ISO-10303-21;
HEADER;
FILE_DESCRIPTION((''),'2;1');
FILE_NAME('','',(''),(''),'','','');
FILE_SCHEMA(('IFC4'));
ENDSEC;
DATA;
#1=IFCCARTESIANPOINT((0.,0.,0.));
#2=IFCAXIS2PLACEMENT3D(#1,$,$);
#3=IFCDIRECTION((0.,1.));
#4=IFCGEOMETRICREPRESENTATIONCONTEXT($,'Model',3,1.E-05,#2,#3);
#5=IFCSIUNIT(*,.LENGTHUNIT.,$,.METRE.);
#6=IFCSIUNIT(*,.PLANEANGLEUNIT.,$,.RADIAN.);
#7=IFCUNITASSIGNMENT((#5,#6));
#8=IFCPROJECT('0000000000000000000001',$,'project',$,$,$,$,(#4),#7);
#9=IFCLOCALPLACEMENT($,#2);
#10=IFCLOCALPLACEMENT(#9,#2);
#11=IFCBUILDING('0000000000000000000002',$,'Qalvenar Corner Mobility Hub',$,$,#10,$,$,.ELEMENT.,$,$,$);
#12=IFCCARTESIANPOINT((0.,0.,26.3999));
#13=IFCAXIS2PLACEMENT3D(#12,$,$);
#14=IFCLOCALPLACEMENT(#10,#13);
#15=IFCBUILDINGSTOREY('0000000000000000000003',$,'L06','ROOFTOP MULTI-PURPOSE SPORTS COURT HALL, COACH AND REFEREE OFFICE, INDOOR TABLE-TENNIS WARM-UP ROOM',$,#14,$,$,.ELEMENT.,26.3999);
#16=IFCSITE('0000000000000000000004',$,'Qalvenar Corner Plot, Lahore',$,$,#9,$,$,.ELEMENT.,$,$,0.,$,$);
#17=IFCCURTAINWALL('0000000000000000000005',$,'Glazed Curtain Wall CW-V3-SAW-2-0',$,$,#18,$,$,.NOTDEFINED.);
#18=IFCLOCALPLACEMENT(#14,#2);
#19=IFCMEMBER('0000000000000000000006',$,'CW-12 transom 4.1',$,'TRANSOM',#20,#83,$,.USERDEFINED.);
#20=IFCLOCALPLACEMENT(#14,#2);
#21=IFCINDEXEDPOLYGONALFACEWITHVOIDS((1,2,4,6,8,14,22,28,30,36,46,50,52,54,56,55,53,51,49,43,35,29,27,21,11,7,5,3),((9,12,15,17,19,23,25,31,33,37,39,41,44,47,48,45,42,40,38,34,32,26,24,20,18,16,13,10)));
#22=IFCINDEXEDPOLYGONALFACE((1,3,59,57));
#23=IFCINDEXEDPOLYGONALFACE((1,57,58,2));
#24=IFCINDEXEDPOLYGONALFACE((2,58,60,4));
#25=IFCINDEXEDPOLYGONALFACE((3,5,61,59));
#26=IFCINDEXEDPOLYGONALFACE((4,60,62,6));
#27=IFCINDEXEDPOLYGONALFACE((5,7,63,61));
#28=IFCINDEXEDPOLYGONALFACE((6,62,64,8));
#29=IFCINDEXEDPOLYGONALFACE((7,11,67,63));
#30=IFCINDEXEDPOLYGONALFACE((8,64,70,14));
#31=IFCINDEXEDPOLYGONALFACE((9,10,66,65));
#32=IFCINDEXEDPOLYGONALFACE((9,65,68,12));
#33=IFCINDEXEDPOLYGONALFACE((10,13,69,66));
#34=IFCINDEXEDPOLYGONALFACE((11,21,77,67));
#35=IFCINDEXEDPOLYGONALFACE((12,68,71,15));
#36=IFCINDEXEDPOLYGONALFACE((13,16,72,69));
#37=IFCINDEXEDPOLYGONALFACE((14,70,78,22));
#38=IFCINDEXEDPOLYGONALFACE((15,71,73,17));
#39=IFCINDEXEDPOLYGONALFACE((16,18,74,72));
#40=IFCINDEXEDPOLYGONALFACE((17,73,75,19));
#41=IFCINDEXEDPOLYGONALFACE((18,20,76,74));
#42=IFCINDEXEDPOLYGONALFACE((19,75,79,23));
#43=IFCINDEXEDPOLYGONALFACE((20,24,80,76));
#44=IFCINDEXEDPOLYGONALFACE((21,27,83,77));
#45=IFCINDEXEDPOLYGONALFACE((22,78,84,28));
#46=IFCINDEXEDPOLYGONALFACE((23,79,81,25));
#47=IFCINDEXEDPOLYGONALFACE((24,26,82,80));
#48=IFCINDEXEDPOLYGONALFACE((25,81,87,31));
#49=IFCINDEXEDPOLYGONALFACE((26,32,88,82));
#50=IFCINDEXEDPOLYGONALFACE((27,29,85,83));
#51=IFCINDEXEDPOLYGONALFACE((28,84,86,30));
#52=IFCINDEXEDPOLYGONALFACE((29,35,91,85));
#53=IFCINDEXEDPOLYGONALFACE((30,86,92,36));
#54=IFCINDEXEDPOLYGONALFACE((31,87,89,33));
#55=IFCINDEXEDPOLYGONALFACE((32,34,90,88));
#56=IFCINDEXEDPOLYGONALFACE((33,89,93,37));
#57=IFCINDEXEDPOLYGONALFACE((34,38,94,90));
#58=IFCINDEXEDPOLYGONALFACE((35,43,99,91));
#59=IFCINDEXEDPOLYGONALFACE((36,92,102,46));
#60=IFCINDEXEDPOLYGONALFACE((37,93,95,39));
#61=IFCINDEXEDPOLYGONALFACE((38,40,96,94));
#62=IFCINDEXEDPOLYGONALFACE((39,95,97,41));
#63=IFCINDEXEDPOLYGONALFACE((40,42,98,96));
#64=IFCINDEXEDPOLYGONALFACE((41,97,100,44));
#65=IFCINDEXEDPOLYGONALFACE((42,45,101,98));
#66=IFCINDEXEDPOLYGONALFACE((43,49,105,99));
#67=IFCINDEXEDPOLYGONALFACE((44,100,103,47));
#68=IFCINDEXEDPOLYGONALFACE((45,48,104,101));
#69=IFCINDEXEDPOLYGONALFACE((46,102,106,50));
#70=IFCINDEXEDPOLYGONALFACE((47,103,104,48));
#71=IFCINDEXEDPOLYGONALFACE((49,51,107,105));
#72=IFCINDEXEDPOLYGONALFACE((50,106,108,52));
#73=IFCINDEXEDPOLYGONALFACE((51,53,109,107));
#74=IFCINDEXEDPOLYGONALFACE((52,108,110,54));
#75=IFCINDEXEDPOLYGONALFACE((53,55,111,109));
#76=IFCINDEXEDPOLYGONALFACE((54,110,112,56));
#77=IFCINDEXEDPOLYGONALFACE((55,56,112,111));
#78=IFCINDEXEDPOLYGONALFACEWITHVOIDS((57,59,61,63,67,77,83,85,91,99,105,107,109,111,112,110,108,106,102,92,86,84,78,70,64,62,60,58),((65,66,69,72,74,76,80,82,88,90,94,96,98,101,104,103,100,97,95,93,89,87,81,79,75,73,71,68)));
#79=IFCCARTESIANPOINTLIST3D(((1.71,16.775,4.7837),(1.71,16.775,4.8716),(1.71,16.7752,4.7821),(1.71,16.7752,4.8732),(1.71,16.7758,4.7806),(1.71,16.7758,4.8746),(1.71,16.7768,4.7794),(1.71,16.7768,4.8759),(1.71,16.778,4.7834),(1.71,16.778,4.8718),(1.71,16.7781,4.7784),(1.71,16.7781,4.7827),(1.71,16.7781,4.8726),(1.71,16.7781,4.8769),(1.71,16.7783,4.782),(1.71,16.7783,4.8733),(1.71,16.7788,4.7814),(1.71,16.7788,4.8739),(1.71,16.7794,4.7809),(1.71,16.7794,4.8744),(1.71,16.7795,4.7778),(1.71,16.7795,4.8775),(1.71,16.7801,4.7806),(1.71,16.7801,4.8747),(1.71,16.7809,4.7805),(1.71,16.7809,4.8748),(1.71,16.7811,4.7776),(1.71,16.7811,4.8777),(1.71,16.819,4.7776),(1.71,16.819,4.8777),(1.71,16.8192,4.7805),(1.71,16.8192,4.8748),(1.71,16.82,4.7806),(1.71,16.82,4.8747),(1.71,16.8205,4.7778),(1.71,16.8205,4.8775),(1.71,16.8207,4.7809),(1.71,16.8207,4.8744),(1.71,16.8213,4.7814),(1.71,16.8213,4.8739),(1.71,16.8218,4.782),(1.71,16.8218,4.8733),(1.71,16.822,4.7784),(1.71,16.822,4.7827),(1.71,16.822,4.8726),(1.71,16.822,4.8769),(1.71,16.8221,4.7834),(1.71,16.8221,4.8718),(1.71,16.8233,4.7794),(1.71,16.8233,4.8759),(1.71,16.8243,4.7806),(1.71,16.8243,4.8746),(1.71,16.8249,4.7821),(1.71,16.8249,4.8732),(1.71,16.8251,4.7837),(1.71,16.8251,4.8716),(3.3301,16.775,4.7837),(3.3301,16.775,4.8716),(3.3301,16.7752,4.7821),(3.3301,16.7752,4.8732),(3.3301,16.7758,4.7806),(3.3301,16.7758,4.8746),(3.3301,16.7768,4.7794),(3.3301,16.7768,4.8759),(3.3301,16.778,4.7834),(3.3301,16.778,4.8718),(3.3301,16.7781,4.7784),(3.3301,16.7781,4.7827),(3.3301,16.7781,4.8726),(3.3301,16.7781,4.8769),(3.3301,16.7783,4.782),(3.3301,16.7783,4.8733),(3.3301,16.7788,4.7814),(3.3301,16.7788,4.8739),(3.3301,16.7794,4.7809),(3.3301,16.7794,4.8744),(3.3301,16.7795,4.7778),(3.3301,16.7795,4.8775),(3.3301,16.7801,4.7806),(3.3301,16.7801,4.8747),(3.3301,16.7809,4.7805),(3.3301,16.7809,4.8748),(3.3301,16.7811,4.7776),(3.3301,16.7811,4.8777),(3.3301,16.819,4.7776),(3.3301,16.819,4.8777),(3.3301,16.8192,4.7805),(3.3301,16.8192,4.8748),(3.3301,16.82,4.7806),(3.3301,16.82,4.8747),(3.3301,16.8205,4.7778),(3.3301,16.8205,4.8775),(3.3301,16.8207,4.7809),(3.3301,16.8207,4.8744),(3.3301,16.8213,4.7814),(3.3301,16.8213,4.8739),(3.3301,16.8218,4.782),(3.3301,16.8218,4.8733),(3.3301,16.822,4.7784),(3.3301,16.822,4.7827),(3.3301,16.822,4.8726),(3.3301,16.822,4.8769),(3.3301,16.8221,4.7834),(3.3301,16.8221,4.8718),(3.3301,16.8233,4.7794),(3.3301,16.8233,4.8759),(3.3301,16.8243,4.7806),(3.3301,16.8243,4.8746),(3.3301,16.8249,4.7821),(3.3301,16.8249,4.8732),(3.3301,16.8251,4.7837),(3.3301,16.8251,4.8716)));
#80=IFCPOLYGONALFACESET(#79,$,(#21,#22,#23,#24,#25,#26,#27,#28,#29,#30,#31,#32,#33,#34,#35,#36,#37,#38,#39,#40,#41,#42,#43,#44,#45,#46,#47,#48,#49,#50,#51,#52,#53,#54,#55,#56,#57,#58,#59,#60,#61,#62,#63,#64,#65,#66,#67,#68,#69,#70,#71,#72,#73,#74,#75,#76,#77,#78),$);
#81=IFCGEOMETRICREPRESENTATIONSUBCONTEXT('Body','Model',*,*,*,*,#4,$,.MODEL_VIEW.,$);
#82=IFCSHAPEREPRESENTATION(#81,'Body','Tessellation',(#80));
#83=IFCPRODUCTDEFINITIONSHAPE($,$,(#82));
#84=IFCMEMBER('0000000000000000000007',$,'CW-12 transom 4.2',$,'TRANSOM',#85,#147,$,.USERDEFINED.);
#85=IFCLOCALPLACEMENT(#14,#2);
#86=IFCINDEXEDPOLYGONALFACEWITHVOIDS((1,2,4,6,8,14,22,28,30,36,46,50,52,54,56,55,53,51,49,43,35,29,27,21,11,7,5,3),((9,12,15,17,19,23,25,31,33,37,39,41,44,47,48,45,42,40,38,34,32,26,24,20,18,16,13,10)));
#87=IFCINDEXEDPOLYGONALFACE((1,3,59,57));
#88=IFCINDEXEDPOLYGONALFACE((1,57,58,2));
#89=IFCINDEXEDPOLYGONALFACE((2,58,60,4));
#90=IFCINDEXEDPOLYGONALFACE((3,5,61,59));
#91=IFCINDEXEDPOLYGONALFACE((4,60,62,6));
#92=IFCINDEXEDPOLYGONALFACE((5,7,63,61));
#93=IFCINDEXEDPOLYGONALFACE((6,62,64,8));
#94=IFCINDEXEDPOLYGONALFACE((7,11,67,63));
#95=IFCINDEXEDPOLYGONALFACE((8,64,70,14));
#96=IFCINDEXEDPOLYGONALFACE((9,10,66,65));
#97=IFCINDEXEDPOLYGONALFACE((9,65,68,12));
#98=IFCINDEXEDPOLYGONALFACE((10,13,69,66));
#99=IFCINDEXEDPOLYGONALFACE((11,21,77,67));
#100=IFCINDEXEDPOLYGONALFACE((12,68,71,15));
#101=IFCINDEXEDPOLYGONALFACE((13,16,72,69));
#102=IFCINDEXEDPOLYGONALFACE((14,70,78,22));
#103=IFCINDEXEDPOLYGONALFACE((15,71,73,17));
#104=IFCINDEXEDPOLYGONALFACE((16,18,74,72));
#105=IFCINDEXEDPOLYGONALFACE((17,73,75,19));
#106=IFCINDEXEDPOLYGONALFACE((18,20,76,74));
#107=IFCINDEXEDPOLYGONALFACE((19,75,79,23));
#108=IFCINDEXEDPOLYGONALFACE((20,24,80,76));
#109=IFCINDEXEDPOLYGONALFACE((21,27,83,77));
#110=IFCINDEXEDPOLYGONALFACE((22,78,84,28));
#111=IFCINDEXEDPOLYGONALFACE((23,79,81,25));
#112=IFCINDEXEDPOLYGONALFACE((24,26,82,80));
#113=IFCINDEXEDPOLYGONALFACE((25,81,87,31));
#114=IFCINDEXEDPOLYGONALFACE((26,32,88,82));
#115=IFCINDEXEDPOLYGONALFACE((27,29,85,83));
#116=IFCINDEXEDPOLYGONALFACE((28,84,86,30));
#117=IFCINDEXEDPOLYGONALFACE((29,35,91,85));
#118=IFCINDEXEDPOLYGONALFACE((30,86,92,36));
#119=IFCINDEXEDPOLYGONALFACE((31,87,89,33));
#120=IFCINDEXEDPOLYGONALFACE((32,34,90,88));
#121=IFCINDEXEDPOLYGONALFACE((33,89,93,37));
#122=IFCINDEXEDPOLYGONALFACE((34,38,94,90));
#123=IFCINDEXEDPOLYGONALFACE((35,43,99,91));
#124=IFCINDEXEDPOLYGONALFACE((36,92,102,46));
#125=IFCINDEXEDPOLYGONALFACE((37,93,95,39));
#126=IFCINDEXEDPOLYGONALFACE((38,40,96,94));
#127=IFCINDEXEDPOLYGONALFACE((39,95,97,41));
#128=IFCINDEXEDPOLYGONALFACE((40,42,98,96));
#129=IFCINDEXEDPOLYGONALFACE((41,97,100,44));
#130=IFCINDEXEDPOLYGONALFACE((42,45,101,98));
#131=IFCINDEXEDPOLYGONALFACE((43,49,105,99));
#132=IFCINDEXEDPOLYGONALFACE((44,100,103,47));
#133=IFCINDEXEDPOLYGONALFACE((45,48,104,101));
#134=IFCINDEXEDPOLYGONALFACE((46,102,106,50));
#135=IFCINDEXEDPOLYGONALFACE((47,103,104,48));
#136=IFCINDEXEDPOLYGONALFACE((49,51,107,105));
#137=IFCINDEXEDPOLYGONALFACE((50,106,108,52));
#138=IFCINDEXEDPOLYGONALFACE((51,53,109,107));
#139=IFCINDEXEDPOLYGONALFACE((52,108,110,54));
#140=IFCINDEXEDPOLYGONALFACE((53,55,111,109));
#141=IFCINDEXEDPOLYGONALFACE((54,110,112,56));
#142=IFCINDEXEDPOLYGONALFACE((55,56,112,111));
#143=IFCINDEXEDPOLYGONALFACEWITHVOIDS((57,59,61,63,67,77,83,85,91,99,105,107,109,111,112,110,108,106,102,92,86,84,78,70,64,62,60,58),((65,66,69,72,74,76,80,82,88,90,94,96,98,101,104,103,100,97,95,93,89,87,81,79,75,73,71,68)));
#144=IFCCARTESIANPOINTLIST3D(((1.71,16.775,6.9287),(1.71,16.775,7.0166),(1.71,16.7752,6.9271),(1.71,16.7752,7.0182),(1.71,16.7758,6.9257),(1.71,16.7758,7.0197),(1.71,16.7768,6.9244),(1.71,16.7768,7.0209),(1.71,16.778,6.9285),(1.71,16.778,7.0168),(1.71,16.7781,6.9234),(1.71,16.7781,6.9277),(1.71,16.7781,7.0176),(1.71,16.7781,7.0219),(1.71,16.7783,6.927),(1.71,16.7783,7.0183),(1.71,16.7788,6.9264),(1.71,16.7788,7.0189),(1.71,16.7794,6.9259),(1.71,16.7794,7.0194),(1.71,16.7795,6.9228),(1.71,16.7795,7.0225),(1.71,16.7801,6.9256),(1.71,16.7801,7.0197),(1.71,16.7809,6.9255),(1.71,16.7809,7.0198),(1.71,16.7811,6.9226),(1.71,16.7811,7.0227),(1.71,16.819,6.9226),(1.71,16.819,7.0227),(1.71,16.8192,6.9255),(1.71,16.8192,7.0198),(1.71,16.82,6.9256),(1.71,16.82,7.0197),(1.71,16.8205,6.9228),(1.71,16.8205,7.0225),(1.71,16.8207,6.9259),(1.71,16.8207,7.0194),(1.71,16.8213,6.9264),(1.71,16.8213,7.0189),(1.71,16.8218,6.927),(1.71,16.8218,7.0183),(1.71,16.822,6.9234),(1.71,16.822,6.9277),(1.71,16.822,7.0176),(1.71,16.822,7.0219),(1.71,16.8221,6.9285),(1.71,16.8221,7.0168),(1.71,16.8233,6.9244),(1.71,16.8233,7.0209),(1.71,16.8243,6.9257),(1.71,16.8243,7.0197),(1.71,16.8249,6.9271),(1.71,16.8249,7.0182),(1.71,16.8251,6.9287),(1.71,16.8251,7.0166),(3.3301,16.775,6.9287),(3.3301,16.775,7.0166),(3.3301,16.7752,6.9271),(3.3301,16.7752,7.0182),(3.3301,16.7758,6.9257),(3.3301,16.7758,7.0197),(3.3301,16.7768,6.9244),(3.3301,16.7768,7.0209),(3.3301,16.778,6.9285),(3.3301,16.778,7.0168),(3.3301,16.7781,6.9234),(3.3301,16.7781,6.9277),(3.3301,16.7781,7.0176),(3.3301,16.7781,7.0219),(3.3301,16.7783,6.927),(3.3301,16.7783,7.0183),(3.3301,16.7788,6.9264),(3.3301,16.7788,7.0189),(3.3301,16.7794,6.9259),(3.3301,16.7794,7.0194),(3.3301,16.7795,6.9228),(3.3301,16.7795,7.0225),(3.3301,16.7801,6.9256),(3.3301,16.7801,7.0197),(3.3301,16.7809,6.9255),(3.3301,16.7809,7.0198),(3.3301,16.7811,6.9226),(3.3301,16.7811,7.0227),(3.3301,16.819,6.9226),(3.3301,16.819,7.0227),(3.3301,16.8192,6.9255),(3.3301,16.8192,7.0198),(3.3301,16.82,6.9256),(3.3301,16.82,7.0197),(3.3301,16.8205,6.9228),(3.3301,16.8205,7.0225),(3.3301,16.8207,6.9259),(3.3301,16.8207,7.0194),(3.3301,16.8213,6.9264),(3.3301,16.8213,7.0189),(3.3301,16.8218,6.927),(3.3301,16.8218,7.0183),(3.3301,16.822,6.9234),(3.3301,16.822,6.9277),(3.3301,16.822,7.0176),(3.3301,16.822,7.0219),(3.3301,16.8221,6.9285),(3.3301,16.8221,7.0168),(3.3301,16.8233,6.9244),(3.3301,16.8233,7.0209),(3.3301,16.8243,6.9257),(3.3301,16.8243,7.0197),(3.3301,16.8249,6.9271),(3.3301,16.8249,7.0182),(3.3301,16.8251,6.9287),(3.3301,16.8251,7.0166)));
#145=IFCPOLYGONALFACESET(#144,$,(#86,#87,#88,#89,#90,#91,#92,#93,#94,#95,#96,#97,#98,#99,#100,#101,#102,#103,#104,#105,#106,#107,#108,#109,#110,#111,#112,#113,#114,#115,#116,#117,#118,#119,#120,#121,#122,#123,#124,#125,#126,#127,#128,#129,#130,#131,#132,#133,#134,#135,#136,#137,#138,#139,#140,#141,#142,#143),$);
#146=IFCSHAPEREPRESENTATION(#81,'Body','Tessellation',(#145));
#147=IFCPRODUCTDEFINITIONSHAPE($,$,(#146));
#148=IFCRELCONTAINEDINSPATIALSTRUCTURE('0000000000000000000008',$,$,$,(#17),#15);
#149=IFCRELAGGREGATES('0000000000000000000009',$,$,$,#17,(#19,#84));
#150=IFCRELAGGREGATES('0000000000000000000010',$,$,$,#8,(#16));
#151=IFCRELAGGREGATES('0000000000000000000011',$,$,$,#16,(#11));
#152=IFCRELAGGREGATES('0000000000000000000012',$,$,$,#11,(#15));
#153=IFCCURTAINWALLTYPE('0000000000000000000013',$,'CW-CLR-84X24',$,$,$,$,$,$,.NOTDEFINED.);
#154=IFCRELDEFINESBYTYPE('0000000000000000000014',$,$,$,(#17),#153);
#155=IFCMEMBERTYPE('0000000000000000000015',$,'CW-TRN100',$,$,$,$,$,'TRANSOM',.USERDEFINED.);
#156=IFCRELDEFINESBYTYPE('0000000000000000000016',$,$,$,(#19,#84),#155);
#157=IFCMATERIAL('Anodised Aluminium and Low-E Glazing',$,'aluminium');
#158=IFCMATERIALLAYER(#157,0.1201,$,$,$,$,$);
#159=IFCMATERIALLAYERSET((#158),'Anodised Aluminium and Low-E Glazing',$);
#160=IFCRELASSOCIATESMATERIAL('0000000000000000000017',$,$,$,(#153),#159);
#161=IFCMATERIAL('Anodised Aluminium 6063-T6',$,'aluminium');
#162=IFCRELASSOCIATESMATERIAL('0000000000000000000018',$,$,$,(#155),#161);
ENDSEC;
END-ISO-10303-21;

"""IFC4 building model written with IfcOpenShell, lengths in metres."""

from ifc_helpers import new_model, si_unit, direction, frame, origin, origin_2d, place, context, subcontext, project, spatial, hollow_rectangle, extrude, material, layer, layer_set, material_profile, profile_set, type_object, element, aggregate, save


model = new_model("IFC4")

# Units and contexts
model_context = context("Model", 3, precision=1e-05, world=origin(), true_north=direction((0.0, 1.0)))
body_context = subcontext(model_context, "Body", "Model", "MODEL_VIEW")
ifc_project = project(units=[si_unit("LENGTHUNIT", "METRE"), si_unit("PLANEANGLEUNIT", "RADIAN")], contexts=[model_context])

# Site, building, storey
site_placement = place(None, origin())
site = spatial("IfcSite", under=ifc_project, at=site_placement, Name="Qalvenar Corner Plot, Lahore", CompositionType="ELEMENT", RefElevation=0.0)
building_placement = place(site_placement, origin())
building = spatial("IfcBuilding", under=site, at=building_placement, Name="Qalvenar Corner Mobility Hub", CompositionType="ELEMENT")
storey_placement = place(building_placement, frame((0.0, 0.0, 26.3999)))
storey = spatial("IfcBuildingStorey", under=building, at=storey_placement, Name="L06", Description="ROOFTOP MULTI-PURPOSE SPORTS COURT HALL, COACH AND REFEREE OFFICE, INDOOR TABLE-TENNIS WARM-UP ROOM", CompositionType="ELEMENT", Elevation=26.3999)

# Curtain wall, members
ifc_material_1 = material(Name="Anodised Aluminium and Low-E Glazing", Category="aluminium")
ifc_layer_1 = layer(ifc_material_1, 0.1201)
ifc_layer_set_1 = layer_set([ifc_layer_1], Name="Anodised Aluminium and Low-E Glazing")
curtain_wall_type_1 = type_object("IfcCurtainWallType", Name="CW-CLR-84X24", PredefinedType="NOTDEFINED", material=ifc_layer_set_1)
curtain_wall_1_placement = place(storey_placement, origin())
curtain_wall_1 = element("IfcCurtainWall", 1, at=curtain_wall_1_placement, inside=storey, type_object=curtain_wall_type_1, Name="Glazed Curtain Wall CW-V3-SAW-2-0", PredefinedType="NOTDEFINED")
ifc_material_2 = material(Name="Anodised Aluminium 6063-T6", Category="aluminium")
ifc_material_profile_1 = material_profile(ifc_material_2, hollow_rectangle(XDim=0.05, YDim=0.1001, WallThickness=0.0029, InnerFilletRadius=0.0029, OuterFilletRadius=0.0061, at=origin_2d()), Name="RHS100x50x3")
ifc_profile_set_1 = profile_set([ifc_material_profile_1], Name="Anodised Aluminium 6063-T6")
member_type_1 = type_object("IfcMemberType", Name="CW-TRN100", ElementType="TRANSOM", PredefinedType="USERDEFINED", material=ifc_profile_set_1)
member_1_placement = place(storey_placement, frame((3.3301, 16.8, 4.8276), z_axis=(-1.0, 0.0, 0.0), x_axis=(0.0, -1.0, 0.0)))
member_1 = element("IfcMember", 2, at=member_1_placement, type_object=member_type_1, Name="CW-12 transom 4.1", ObjectType="TRANSOM", PredefinedType="USERDEFINED", context=body_context, shape_type="SweptSolid", body=[
    extrude(hollow_rectangle(XDim=0.05, YDim=0.1001, WallThickness=0.0029, InnerFilletRadius=0.0029, OuterFilletRadius=0.0061, at=origin_2d()), origin(), (0.0, 0.0, 1.0), 1.6201),
])
member_2_placement = place(storey_placement, frame((3.3301, 16.8, 6.9727), z_axis=(-1.0, 0.0, 0.0), x_axis=(0.0, -1.0, 0.0)))
member_2 = element("IfcMember", 3, at=member_2_placement, type_object=member_type_1, Name="CW-12 transom 4.2", ObjectType="TRANSOM", PredefinedType="USERDEFINED", context=body_context, shape_type="SweptSolid", body=[
    extrude(hollow_rectangle(XDim=0.05, YDim=0.1001, WallThickness=0.0029, InnerFilletRadius=0.0029, OuterFilletRadius=0.0061, at=origin_2d()), origin(), (0.0, 0.0, 1.0), 1.6201),
])

aggregate(curtain_wall_1, [member_1, member_2])

save(model, "model.ifc")
